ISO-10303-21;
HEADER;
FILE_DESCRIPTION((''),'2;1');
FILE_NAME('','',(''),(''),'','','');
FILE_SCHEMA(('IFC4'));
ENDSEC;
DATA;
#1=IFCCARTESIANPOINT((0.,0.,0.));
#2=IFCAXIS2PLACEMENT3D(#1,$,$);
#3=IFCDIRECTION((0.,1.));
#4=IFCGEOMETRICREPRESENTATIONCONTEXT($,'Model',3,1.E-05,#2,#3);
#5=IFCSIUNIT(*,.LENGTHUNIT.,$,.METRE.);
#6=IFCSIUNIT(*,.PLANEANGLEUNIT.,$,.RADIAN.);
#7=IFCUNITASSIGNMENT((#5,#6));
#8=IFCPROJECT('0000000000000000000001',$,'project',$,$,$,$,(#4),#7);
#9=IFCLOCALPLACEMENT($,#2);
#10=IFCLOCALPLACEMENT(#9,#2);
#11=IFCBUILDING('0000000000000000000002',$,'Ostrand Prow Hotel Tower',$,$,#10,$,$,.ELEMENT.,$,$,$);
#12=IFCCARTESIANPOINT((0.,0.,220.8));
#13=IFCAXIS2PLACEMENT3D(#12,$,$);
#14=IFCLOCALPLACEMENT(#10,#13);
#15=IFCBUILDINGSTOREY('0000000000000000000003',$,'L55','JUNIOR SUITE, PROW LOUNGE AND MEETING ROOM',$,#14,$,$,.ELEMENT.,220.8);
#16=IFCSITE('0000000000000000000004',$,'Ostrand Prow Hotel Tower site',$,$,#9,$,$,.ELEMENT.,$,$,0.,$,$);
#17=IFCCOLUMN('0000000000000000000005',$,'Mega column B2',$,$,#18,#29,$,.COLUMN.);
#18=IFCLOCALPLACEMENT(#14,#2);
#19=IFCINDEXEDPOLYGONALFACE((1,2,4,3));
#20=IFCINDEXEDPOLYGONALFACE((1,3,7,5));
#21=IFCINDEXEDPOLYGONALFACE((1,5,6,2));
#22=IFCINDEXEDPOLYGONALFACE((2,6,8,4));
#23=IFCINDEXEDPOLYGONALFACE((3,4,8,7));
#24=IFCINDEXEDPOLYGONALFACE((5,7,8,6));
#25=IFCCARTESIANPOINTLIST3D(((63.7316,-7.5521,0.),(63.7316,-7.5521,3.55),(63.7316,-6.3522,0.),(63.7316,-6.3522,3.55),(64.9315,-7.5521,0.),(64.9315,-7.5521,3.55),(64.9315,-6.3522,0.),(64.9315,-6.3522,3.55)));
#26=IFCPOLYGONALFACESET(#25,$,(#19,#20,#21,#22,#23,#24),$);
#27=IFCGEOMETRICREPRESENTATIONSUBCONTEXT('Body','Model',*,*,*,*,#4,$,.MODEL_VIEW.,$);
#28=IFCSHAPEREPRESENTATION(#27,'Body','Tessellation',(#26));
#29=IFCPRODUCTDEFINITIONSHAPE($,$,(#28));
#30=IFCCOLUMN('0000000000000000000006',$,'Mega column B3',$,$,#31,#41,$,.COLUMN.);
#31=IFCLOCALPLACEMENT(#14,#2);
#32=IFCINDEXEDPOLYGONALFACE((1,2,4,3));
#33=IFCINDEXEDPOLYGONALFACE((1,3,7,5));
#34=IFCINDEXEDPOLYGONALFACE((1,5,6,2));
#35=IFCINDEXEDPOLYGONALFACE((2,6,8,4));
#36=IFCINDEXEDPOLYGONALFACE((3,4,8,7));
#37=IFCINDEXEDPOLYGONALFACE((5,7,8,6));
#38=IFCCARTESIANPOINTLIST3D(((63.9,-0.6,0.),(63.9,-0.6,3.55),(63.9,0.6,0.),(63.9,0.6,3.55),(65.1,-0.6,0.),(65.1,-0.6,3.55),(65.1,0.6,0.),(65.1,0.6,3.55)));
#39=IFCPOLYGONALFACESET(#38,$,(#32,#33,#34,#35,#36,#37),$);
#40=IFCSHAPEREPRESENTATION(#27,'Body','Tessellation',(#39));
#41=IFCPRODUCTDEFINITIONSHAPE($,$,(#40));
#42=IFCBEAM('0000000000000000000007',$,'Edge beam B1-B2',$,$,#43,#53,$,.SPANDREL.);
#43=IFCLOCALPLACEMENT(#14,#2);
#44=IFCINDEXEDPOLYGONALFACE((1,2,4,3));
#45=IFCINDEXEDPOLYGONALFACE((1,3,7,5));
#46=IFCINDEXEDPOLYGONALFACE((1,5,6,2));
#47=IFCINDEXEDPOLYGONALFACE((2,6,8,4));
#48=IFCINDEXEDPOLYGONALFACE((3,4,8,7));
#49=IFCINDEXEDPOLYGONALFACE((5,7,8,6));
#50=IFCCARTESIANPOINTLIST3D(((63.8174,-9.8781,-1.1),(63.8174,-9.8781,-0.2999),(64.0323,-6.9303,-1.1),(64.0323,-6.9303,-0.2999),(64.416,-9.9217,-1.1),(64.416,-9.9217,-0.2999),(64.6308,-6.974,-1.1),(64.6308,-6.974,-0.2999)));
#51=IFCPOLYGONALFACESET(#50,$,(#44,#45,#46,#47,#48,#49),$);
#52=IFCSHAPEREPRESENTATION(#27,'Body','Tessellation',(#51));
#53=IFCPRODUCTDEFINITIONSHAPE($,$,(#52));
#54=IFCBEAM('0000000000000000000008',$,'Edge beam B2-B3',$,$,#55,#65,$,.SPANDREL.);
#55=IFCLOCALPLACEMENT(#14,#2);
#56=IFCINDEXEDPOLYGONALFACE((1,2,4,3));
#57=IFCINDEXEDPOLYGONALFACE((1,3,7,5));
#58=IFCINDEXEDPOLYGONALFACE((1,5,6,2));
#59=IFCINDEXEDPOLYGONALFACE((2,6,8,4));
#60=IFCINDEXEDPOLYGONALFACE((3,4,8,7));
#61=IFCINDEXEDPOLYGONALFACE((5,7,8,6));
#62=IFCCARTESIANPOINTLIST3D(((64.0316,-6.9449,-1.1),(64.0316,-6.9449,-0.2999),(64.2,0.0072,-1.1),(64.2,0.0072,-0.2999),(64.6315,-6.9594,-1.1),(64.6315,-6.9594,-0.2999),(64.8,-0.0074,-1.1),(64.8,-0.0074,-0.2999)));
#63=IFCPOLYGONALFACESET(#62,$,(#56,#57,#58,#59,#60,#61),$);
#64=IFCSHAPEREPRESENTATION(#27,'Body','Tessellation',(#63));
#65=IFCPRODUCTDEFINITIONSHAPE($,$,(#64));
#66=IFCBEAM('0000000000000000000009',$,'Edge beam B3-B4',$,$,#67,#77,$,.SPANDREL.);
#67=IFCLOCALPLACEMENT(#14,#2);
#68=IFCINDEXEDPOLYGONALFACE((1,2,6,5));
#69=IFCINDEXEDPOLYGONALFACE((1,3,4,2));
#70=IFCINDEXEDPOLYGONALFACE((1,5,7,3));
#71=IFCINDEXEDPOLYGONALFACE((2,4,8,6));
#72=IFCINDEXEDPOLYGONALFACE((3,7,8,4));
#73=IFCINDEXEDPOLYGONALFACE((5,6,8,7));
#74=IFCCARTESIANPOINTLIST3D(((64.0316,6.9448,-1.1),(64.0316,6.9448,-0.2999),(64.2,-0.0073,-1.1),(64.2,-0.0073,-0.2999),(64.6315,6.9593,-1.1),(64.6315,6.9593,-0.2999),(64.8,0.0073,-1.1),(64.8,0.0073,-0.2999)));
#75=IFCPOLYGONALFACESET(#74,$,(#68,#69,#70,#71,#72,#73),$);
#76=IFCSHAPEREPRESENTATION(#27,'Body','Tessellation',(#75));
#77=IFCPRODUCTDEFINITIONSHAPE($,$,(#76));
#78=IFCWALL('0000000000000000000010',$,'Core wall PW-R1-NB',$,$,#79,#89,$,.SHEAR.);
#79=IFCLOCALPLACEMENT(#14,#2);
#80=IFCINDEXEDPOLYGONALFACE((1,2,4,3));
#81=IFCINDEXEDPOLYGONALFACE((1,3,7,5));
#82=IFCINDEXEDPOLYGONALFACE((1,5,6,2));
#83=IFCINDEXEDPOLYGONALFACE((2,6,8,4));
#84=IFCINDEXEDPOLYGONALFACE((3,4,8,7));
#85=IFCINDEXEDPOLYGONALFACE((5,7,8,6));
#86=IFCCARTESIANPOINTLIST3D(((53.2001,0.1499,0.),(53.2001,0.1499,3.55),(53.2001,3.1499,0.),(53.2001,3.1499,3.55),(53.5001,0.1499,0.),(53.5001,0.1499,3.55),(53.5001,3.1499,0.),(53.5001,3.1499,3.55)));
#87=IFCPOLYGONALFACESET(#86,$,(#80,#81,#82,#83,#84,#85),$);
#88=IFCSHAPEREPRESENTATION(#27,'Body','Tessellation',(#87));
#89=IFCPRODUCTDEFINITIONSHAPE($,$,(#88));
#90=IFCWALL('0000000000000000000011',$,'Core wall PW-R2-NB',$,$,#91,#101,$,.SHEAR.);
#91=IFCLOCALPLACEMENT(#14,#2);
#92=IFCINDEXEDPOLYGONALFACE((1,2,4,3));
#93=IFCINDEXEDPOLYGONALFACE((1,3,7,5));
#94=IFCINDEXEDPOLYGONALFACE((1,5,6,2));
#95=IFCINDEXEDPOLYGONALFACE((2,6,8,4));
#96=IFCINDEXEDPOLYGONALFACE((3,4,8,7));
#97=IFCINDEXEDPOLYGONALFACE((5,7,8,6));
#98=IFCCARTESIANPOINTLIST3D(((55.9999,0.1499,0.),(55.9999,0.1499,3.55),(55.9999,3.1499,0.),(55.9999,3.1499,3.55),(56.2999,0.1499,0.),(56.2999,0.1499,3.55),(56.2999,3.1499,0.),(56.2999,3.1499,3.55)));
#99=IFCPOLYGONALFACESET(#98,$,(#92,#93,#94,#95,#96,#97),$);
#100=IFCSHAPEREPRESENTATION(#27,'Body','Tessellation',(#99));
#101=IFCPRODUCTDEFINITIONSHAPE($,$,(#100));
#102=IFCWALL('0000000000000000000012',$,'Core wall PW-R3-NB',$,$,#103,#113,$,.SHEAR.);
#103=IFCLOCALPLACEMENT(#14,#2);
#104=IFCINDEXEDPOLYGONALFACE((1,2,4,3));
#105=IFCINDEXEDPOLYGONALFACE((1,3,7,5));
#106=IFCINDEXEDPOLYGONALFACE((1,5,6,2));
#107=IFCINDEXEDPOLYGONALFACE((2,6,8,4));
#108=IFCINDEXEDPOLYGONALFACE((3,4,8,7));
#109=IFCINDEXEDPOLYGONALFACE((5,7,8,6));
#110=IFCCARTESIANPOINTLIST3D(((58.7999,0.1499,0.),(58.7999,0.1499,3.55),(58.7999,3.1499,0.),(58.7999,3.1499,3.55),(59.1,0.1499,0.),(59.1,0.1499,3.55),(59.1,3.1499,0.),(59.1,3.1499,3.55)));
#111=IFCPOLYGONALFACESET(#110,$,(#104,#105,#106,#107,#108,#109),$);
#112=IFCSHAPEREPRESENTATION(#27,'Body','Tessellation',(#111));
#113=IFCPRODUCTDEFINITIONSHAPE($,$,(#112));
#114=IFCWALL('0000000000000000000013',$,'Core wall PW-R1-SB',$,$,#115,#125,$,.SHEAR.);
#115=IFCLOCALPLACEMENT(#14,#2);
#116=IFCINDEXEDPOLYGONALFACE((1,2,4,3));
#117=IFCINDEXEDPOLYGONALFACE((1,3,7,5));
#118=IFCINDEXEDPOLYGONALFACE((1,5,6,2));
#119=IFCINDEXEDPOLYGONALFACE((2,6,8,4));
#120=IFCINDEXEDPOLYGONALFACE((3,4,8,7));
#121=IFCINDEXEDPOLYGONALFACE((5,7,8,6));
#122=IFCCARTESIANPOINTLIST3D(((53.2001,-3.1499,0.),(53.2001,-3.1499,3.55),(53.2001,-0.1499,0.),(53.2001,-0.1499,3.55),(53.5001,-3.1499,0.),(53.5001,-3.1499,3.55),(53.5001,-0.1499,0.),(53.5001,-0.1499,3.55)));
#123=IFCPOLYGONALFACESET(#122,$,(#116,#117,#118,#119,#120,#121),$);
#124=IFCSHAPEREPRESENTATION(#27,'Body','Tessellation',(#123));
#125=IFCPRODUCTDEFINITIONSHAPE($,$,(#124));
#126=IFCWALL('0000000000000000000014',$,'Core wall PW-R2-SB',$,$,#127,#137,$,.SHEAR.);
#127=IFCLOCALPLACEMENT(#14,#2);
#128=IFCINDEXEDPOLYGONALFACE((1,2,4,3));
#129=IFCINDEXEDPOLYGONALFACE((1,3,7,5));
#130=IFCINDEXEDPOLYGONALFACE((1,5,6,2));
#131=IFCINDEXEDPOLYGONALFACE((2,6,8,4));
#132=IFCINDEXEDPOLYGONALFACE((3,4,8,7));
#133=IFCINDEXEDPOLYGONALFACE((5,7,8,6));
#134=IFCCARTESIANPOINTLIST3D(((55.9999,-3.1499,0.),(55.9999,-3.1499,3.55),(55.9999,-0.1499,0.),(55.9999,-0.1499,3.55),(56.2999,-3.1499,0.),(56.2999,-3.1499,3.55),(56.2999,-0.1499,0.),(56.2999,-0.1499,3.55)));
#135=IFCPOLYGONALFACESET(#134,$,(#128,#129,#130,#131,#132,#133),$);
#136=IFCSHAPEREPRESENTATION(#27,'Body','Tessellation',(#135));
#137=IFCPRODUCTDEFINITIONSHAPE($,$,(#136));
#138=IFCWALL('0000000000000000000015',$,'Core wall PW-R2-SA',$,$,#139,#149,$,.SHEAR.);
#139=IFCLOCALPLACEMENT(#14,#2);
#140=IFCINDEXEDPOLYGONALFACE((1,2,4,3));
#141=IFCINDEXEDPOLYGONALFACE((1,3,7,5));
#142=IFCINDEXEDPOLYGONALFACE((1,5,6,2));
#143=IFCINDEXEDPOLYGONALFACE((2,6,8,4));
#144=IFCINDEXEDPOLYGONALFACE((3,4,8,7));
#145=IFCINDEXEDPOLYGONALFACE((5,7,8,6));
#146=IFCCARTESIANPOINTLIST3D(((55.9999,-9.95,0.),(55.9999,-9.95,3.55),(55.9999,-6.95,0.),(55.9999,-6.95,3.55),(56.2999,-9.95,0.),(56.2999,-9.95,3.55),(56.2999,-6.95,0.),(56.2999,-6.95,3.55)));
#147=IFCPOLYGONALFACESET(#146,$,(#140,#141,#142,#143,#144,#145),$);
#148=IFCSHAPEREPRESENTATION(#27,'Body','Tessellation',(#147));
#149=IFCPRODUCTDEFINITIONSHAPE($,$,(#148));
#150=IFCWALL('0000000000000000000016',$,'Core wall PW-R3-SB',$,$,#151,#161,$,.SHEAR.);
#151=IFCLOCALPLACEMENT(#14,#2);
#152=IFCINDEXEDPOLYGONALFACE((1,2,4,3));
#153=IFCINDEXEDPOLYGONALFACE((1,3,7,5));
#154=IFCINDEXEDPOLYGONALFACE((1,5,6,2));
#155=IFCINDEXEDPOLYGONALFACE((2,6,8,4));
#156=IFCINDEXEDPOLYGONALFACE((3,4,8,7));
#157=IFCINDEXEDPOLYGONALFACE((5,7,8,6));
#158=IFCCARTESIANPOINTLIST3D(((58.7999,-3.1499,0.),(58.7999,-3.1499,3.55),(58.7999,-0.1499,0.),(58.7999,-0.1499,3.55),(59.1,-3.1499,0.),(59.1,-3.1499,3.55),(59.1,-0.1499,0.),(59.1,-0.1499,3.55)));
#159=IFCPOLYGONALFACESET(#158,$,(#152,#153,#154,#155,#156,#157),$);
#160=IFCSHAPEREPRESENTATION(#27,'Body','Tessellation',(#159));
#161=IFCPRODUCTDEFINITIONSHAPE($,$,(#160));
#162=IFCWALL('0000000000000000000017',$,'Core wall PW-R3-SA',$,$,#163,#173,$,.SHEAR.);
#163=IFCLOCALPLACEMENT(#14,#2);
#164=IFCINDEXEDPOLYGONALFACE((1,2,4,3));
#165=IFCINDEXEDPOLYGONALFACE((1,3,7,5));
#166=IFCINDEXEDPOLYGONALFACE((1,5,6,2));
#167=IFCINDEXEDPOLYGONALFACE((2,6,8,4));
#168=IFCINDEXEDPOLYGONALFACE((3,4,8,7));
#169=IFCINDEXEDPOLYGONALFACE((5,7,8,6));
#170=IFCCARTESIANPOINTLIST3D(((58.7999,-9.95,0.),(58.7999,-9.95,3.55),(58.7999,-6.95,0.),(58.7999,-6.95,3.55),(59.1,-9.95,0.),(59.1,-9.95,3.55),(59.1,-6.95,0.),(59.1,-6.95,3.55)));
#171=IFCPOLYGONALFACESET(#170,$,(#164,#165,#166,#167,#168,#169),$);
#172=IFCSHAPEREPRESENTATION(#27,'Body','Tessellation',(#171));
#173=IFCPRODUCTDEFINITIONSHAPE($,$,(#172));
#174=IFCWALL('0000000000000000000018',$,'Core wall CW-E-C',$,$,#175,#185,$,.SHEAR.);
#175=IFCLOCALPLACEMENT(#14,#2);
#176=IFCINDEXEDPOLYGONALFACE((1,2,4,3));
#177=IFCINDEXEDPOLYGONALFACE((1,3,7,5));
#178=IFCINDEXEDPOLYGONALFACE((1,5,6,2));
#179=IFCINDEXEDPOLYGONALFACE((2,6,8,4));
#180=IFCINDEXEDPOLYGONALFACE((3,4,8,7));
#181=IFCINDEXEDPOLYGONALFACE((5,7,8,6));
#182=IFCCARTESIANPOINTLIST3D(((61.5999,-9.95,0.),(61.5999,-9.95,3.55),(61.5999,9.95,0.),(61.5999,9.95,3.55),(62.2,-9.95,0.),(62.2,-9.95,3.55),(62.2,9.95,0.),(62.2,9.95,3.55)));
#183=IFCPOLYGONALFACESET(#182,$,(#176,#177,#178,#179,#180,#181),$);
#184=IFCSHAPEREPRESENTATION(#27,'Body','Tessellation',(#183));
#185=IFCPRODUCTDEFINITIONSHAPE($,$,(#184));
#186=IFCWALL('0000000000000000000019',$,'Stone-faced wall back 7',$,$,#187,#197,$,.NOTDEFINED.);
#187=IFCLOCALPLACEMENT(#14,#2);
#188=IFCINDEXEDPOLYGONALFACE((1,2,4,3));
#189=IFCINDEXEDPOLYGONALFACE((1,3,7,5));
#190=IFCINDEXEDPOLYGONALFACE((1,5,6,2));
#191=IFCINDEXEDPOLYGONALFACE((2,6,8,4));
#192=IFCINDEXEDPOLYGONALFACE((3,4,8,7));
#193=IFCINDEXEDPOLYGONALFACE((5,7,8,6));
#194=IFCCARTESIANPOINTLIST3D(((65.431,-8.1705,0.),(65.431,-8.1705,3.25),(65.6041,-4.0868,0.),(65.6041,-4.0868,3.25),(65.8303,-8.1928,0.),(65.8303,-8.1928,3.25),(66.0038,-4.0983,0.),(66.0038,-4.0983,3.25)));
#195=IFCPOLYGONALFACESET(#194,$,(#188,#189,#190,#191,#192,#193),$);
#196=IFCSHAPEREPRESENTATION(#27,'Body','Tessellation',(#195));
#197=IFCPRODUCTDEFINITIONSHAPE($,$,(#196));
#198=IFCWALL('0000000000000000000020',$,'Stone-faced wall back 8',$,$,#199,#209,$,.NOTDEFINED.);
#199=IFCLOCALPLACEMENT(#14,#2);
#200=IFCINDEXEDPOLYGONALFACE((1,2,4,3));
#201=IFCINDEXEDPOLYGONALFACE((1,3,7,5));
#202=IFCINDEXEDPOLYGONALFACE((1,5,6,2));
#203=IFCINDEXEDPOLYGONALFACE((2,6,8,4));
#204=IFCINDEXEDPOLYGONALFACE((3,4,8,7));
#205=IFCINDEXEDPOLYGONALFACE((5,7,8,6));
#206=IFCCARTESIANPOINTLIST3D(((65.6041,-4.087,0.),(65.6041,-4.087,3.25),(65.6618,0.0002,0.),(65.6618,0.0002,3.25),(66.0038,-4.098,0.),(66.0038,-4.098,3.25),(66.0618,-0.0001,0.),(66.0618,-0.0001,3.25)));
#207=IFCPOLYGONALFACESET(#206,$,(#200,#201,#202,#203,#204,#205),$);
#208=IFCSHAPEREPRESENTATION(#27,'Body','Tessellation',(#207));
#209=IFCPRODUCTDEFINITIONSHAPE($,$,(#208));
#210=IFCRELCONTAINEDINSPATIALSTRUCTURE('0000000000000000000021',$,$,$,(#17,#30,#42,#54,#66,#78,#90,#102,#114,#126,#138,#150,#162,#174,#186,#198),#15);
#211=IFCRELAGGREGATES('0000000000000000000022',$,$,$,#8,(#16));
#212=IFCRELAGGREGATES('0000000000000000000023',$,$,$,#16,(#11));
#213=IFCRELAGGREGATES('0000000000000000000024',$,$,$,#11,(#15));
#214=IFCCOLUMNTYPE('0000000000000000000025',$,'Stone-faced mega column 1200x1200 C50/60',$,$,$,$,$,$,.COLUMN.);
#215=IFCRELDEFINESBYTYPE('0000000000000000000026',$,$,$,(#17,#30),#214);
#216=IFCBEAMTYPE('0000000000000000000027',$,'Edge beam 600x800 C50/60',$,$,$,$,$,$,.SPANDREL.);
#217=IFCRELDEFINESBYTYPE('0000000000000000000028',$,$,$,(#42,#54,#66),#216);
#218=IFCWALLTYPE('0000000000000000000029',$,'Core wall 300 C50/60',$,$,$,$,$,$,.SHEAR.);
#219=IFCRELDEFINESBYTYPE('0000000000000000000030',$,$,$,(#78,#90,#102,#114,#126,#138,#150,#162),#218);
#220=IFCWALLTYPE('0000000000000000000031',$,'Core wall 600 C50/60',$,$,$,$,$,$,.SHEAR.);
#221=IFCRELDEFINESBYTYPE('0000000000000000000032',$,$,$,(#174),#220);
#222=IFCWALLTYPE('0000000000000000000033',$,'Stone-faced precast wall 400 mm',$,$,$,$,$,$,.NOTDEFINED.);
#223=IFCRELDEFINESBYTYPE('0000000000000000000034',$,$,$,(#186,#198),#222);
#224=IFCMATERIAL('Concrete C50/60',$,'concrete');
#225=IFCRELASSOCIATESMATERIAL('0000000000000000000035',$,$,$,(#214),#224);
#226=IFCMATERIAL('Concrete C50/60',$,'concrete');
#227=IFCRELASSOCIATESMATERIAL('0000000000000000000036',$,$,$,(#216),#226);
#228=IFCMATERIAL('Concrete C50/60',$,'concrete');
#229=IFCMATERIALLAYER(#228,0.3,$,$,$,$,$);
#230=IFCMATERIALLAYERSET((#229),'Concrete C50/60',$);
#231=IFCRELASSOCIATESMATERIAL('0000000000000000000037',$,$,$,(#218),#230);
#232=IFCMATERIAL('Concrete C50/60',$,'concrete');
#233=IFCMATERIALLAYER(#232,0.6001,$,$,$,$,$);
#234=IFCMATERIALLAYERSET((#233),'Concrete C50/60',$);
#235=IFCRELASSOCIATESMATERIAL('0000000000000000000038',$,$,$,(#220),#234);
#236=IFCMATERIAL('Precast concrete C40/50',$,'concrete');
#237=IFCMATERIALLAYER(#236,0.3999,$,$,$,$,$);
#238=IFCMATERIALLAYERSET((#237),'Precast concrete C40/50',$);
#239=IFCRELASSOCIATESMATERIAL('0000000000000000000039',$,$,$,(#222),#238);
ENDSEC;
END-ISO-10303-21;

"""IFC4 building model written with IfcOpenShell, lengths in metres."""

from ifc_helpers import new_model, si_unit, direction, frame, frame_2d, origin, origin_2d, place, context, subcontext, project, spatial, polyline, rectangle, outline, extrude, material, layer, layer_set, material_profile, profile_set, type_object, element, save


model = new_model("IFC4")

# Units and contexts
model_context = context("Model", 3, precision=1e-05, world=origin(), true_north=direction((0.0, 1.0)))
body_context = subcontext(model_context, "Body", "Model", "MODEL_VIEW")
ifc_project = project(units=[si_unit("LENGTHUNIT", "METRE"), si_unit("PLANEANGLEUNIT", "RADIAN")], contexts=[model_context])

# Site, building, storey
site_placement = place(None, origin())
site = spatial("IfcSite", under=ifc_project, at=site_placement, Name="Ostrand Prow Hotel Tower site", CompositionType="ELEMENT", RefElevation=0.0)
building_placement = place(site_placement, origin())
building = spatial("IfcBuilding", under=site, at=building_placement, Name="Ostrand Prow Hotel Tower", CompositionType="ELEMENT")
storey_placement = place(building_placement, frame((0.0, 0.0, 220.8)))
storey = spatial("IfcBuildingStorey", under=building, at=storey_placement, Name="L55", Description="JUNIOR SUITE, PROW LOUNGE AND MEETING ROOM", CompositionType="ELEMENT", Elevation=220.8)

# Columns
ifc_material_1 = material(Name="Concrete C50/60", Category="concrete")
ifc_material_profile_1 = material_profile(ifc_material_1, rectangle(XDim=1.2, YDim=1.2, at=origin_2d()), Name="RC 1200x1200")
ifc_profile_set_1 = profile_set([ifc_material_profile_1], Name="Concrete C50/60")
column_type = type_object("IfcColumnType", Name="Stone-faced mega column 1200x1200 C50/60", PredefinedType="COLUMN", material=ifc_profile_set_1)
for number, where, z_axis, x_axis, name in (
    (1, (64.3315, -6.9521, 0.0), (0.0, 0.0, 1.0), (1.0, 0.0, 0.0), "Mega column B2"),
    (2, (64.5, 0.0, 0.0), (0.0, 0.0, 1.0), (1.0, 0.0, 0.0), "Mega column B3"),
):
    element("IfcColumn", number, at=place(storey_placement, frame(where, z_axis=z_axis, x_axis=x_axis)), inside=storey, type_object=column_type, Name=name, PredefinedType="COLUMN", context=body_context, shape_type="SweptSolid", body=[
        extrude(rectangle(XDim=1.2, YDim=1.2, at=origin_2d()), origin(), (0.0, 0.0, 1.0), 3.55),
    ])

# Beams
ifc_material_2 = material(Name="Concrete C50/60", Category="concrete")
ifc_material_profile_2 = material_profile(ifc_material_2, rectangle(XDim=0.6001, YDim=0.8, at=origin_2d()), Name="RC 600x800")
ifc_profile_set_2 = profile_set([ifc_material_profile_2], Name="Concrete C50/60")
beam_type = type_object("IfcBeamType", Name="Edge beam 600x800 C50/60", PredefinedType="SPANDREL", material=ifc_profile_set_2)
beam_placement = place(storey_placement, frame((64.1167, -9.8999, -0.7), z_axis=(0.072691, 0.997355, 0.0), x_axis=(-0.997355, 0.072691, 0.0)))
element("IfcBeam", 3, at=beam_placement, inside=storey, type_object=beam_type, Name="Edge beam B1-B2", PredefinedType="SPANDREL", context=body_context, shape_type="SweptSolid", body=[
    extrude(rectangle(XDim=0.6001, YDim=0.8, at=origin_2d()), origin(), (0.0, 0.0, 1.0), 2.9556),
])
for number, where, z_axis, x_axis, name in (
    (4, (64.3315, -6.9521, -0.7), (0.024224, 0.999707, 0.0), (-0.999707, 0.024224, 0.0), "Edge beam B2-B3"),
    (5, (64.5, 0.0, -0.7), (-0.024224, 0.999707, 0.0), (-0.999707, -0.024224, 0.0), "Edge beam B3-B4"),
):
    element("IfcBeam", number, at=place(storey_placement, frame(where, z_axis=z_axis, x_axis=x_axis)), inside=storey, type_object=beam_type, Name=name, PredefinedType="SPANDREL", context=body_context, shape_type="SweptSolid", body=[
        extrude(rectangle(XDim=0.6001, YDim=0.8, at=origin_2d()), origin(), (0.0, 0.0, 1.0), 6.9541),
    ])

# Walls
ifc_material_3 = material(Name="Concrete C50/60", Category="concrete")
ifc_layer_1 = layer(ifc_material_3, 0.3)
ifc_layer_set_1 = layer_set([ifc_layer_1], Name="Concrete C50/60")
wall_type_1 = type_object("IfcWallType", Name="Core wall 300 C50/60", PredefinedType="SHEAR", material=ifc_layer_set_1)
for number, where, z_axis, x_axis, name in (
    (6, (53.3501, 0.1499, 0.0), (0.0, 0.0, 1.0), (0.0, 1.0, 0.0), "Core wall PW-R1-NB"),
    (7, (56.1499, 0.1499, 0.0), (0.0, 0.0, 1.0), (0.0, 1.0, 0.0), "Core wall PW-R2-NB"),
    (8, (58.95, 0.1499, 0.0), (0.0, 0.0, 1.0), (0.0, 1.0, 0.0), "Core wall PW-R3-NB"),
    (9, (53.3501, -3.1499, 0.0), (0.0, 0.0, 1.0), (0.0, 1.0, 0.0), "Core wall PW-R1-SB"),
    (10, (56.1499, -3.1499, 0.0), (0.0, 0.0, 1.0), (0.0, 1.0, 0.0), "Core wall PW-R2-SB"),
    (11, (56.1499, -9.95, 0.0), (0.0, 0.0, 1.0), (0.0, 1.0, 0.0), "Core wall PW-R2-SA"),
    (12, (58.95, -3.1499, 0.0), (0.0, 0.0, 1.0), (0.0, 1.0, 0.0), "Core wall PW-R3-SB"),
    (13, (58.95, -9.95, 0.0), (0.0, 0.0, 1.0), (0.0, 1.0, 0.0), "Core wall PW-R3-SA"),
):
    element("IfcWall", number, at=place(storey_placement, frame(where, z_axis=z_axis, x_axis=x_axis)), inside=storey, type_object=wall_type_1, Name=name, PredefinedType="SHEAR", context=body_context, shape_type="SweptSolid", body=[
        extrude(rectangle(XDim=3.0, YDim=0.3, at=frame_2d((1.5, 0.0))), origin(), (0.0, 0.0, 1.0), 3.55),
    ])
ifc_material_4 = material(Name="Concrete C50/60", Category="concrete")
ifc_layer_2 = layer(ifc_material_4, 0.6001)
ifc_layer_set_2 = layer_set([ifc_layer_2], Name="Concrete C50/60")
wall_type_2 = type_object("IfcWallType", Name="Core wall 600 C50/60", PredefinedType="SHEAR", material=ifc_layer_set_2)
wall_1_placement = place(storey_placement, frame((61.8999, -9.95, 0.0), z_axis=(0.0, 0.0, 1.0), x_axis=(0.0, 1.0, 0.0)))
element("IfcWall", 14, at=wall_1_placement, inside=storey, type_object=wall_type_2, Name="Core wall CW-E-C", PredefinedType="SHEAR", context=body_context, shape_type="SweptSolid", body=[
    extrude(rectangle(XDim=19.8999, YDim=0.6001, at=frame_2d((9.95, 0.0))), origin(), (0.0, 0.0, 1.0), 3.55),
])
ifc_material_5 = material(Name="Precast concrete C40/50", Category="concrete")
ifc_layer_3 = layer(ifc_material_5, 0.3999)
ifc_layer_set_3 = layer_set([ifc_layer_3], Name="Precast concrete C40/50")
wall_type_3 = type_object("IfcWallType", Name="Stone-faced precast wall 400 mm", PredefinedType="NOTDEFINED", material=ifc_layer_set_3)
wall_2_placement = place(storey_placement, frame((65.6306, -8.1816, 0.0), z_axis=(0.0, 0.0, 1.0), x_axis=(0.042353, 0.999103, 0.0)))
element("IfcWall", 15, at=wall_2_placement, inside=storey, type_object=wall_type_3, Name="Stone-faced wall back 7", PredefinedType="NOTDEFINED", context=body_context, shape_type="SweptSolid", body=[
    extrude(outline(polyline([(-0.0027, -0.2), (4.0955, -0.2), (4.0901, 0.2), (0.0027, 0.2), (-0.0027, -0.2)])), origin(), (0.0, 0.0, 1.0), 3.25),
])
for number, where, z_axis, x_axis, name in (
    (16, (65.804, -4.0925, 0.0), (0.0, 0.0, 1.0), (0.014137, 0.9999, 0.0), "Stone-faced wall back 8"),
):
    element("IfcWall", number, at=place(storey_placement, frame(where, z_axis=z_axis, x_axis=x_axis)), inside=storey, type_object=wall_type_3, Name=name, PredefinedType="NOTDEFINED", context=body_context, shape_type="SweptSolid", body=[
        extrude(outline(polyline([(-0.0027, -0.2), (4.0957, -0.2), (4.0903, 0.2), (0.0027, 0.2), (-0.0027, -0.2)])), origin(), (0.0, 0.0, 1.0), 3.25),
    ])

save(model, "model.ifc")
